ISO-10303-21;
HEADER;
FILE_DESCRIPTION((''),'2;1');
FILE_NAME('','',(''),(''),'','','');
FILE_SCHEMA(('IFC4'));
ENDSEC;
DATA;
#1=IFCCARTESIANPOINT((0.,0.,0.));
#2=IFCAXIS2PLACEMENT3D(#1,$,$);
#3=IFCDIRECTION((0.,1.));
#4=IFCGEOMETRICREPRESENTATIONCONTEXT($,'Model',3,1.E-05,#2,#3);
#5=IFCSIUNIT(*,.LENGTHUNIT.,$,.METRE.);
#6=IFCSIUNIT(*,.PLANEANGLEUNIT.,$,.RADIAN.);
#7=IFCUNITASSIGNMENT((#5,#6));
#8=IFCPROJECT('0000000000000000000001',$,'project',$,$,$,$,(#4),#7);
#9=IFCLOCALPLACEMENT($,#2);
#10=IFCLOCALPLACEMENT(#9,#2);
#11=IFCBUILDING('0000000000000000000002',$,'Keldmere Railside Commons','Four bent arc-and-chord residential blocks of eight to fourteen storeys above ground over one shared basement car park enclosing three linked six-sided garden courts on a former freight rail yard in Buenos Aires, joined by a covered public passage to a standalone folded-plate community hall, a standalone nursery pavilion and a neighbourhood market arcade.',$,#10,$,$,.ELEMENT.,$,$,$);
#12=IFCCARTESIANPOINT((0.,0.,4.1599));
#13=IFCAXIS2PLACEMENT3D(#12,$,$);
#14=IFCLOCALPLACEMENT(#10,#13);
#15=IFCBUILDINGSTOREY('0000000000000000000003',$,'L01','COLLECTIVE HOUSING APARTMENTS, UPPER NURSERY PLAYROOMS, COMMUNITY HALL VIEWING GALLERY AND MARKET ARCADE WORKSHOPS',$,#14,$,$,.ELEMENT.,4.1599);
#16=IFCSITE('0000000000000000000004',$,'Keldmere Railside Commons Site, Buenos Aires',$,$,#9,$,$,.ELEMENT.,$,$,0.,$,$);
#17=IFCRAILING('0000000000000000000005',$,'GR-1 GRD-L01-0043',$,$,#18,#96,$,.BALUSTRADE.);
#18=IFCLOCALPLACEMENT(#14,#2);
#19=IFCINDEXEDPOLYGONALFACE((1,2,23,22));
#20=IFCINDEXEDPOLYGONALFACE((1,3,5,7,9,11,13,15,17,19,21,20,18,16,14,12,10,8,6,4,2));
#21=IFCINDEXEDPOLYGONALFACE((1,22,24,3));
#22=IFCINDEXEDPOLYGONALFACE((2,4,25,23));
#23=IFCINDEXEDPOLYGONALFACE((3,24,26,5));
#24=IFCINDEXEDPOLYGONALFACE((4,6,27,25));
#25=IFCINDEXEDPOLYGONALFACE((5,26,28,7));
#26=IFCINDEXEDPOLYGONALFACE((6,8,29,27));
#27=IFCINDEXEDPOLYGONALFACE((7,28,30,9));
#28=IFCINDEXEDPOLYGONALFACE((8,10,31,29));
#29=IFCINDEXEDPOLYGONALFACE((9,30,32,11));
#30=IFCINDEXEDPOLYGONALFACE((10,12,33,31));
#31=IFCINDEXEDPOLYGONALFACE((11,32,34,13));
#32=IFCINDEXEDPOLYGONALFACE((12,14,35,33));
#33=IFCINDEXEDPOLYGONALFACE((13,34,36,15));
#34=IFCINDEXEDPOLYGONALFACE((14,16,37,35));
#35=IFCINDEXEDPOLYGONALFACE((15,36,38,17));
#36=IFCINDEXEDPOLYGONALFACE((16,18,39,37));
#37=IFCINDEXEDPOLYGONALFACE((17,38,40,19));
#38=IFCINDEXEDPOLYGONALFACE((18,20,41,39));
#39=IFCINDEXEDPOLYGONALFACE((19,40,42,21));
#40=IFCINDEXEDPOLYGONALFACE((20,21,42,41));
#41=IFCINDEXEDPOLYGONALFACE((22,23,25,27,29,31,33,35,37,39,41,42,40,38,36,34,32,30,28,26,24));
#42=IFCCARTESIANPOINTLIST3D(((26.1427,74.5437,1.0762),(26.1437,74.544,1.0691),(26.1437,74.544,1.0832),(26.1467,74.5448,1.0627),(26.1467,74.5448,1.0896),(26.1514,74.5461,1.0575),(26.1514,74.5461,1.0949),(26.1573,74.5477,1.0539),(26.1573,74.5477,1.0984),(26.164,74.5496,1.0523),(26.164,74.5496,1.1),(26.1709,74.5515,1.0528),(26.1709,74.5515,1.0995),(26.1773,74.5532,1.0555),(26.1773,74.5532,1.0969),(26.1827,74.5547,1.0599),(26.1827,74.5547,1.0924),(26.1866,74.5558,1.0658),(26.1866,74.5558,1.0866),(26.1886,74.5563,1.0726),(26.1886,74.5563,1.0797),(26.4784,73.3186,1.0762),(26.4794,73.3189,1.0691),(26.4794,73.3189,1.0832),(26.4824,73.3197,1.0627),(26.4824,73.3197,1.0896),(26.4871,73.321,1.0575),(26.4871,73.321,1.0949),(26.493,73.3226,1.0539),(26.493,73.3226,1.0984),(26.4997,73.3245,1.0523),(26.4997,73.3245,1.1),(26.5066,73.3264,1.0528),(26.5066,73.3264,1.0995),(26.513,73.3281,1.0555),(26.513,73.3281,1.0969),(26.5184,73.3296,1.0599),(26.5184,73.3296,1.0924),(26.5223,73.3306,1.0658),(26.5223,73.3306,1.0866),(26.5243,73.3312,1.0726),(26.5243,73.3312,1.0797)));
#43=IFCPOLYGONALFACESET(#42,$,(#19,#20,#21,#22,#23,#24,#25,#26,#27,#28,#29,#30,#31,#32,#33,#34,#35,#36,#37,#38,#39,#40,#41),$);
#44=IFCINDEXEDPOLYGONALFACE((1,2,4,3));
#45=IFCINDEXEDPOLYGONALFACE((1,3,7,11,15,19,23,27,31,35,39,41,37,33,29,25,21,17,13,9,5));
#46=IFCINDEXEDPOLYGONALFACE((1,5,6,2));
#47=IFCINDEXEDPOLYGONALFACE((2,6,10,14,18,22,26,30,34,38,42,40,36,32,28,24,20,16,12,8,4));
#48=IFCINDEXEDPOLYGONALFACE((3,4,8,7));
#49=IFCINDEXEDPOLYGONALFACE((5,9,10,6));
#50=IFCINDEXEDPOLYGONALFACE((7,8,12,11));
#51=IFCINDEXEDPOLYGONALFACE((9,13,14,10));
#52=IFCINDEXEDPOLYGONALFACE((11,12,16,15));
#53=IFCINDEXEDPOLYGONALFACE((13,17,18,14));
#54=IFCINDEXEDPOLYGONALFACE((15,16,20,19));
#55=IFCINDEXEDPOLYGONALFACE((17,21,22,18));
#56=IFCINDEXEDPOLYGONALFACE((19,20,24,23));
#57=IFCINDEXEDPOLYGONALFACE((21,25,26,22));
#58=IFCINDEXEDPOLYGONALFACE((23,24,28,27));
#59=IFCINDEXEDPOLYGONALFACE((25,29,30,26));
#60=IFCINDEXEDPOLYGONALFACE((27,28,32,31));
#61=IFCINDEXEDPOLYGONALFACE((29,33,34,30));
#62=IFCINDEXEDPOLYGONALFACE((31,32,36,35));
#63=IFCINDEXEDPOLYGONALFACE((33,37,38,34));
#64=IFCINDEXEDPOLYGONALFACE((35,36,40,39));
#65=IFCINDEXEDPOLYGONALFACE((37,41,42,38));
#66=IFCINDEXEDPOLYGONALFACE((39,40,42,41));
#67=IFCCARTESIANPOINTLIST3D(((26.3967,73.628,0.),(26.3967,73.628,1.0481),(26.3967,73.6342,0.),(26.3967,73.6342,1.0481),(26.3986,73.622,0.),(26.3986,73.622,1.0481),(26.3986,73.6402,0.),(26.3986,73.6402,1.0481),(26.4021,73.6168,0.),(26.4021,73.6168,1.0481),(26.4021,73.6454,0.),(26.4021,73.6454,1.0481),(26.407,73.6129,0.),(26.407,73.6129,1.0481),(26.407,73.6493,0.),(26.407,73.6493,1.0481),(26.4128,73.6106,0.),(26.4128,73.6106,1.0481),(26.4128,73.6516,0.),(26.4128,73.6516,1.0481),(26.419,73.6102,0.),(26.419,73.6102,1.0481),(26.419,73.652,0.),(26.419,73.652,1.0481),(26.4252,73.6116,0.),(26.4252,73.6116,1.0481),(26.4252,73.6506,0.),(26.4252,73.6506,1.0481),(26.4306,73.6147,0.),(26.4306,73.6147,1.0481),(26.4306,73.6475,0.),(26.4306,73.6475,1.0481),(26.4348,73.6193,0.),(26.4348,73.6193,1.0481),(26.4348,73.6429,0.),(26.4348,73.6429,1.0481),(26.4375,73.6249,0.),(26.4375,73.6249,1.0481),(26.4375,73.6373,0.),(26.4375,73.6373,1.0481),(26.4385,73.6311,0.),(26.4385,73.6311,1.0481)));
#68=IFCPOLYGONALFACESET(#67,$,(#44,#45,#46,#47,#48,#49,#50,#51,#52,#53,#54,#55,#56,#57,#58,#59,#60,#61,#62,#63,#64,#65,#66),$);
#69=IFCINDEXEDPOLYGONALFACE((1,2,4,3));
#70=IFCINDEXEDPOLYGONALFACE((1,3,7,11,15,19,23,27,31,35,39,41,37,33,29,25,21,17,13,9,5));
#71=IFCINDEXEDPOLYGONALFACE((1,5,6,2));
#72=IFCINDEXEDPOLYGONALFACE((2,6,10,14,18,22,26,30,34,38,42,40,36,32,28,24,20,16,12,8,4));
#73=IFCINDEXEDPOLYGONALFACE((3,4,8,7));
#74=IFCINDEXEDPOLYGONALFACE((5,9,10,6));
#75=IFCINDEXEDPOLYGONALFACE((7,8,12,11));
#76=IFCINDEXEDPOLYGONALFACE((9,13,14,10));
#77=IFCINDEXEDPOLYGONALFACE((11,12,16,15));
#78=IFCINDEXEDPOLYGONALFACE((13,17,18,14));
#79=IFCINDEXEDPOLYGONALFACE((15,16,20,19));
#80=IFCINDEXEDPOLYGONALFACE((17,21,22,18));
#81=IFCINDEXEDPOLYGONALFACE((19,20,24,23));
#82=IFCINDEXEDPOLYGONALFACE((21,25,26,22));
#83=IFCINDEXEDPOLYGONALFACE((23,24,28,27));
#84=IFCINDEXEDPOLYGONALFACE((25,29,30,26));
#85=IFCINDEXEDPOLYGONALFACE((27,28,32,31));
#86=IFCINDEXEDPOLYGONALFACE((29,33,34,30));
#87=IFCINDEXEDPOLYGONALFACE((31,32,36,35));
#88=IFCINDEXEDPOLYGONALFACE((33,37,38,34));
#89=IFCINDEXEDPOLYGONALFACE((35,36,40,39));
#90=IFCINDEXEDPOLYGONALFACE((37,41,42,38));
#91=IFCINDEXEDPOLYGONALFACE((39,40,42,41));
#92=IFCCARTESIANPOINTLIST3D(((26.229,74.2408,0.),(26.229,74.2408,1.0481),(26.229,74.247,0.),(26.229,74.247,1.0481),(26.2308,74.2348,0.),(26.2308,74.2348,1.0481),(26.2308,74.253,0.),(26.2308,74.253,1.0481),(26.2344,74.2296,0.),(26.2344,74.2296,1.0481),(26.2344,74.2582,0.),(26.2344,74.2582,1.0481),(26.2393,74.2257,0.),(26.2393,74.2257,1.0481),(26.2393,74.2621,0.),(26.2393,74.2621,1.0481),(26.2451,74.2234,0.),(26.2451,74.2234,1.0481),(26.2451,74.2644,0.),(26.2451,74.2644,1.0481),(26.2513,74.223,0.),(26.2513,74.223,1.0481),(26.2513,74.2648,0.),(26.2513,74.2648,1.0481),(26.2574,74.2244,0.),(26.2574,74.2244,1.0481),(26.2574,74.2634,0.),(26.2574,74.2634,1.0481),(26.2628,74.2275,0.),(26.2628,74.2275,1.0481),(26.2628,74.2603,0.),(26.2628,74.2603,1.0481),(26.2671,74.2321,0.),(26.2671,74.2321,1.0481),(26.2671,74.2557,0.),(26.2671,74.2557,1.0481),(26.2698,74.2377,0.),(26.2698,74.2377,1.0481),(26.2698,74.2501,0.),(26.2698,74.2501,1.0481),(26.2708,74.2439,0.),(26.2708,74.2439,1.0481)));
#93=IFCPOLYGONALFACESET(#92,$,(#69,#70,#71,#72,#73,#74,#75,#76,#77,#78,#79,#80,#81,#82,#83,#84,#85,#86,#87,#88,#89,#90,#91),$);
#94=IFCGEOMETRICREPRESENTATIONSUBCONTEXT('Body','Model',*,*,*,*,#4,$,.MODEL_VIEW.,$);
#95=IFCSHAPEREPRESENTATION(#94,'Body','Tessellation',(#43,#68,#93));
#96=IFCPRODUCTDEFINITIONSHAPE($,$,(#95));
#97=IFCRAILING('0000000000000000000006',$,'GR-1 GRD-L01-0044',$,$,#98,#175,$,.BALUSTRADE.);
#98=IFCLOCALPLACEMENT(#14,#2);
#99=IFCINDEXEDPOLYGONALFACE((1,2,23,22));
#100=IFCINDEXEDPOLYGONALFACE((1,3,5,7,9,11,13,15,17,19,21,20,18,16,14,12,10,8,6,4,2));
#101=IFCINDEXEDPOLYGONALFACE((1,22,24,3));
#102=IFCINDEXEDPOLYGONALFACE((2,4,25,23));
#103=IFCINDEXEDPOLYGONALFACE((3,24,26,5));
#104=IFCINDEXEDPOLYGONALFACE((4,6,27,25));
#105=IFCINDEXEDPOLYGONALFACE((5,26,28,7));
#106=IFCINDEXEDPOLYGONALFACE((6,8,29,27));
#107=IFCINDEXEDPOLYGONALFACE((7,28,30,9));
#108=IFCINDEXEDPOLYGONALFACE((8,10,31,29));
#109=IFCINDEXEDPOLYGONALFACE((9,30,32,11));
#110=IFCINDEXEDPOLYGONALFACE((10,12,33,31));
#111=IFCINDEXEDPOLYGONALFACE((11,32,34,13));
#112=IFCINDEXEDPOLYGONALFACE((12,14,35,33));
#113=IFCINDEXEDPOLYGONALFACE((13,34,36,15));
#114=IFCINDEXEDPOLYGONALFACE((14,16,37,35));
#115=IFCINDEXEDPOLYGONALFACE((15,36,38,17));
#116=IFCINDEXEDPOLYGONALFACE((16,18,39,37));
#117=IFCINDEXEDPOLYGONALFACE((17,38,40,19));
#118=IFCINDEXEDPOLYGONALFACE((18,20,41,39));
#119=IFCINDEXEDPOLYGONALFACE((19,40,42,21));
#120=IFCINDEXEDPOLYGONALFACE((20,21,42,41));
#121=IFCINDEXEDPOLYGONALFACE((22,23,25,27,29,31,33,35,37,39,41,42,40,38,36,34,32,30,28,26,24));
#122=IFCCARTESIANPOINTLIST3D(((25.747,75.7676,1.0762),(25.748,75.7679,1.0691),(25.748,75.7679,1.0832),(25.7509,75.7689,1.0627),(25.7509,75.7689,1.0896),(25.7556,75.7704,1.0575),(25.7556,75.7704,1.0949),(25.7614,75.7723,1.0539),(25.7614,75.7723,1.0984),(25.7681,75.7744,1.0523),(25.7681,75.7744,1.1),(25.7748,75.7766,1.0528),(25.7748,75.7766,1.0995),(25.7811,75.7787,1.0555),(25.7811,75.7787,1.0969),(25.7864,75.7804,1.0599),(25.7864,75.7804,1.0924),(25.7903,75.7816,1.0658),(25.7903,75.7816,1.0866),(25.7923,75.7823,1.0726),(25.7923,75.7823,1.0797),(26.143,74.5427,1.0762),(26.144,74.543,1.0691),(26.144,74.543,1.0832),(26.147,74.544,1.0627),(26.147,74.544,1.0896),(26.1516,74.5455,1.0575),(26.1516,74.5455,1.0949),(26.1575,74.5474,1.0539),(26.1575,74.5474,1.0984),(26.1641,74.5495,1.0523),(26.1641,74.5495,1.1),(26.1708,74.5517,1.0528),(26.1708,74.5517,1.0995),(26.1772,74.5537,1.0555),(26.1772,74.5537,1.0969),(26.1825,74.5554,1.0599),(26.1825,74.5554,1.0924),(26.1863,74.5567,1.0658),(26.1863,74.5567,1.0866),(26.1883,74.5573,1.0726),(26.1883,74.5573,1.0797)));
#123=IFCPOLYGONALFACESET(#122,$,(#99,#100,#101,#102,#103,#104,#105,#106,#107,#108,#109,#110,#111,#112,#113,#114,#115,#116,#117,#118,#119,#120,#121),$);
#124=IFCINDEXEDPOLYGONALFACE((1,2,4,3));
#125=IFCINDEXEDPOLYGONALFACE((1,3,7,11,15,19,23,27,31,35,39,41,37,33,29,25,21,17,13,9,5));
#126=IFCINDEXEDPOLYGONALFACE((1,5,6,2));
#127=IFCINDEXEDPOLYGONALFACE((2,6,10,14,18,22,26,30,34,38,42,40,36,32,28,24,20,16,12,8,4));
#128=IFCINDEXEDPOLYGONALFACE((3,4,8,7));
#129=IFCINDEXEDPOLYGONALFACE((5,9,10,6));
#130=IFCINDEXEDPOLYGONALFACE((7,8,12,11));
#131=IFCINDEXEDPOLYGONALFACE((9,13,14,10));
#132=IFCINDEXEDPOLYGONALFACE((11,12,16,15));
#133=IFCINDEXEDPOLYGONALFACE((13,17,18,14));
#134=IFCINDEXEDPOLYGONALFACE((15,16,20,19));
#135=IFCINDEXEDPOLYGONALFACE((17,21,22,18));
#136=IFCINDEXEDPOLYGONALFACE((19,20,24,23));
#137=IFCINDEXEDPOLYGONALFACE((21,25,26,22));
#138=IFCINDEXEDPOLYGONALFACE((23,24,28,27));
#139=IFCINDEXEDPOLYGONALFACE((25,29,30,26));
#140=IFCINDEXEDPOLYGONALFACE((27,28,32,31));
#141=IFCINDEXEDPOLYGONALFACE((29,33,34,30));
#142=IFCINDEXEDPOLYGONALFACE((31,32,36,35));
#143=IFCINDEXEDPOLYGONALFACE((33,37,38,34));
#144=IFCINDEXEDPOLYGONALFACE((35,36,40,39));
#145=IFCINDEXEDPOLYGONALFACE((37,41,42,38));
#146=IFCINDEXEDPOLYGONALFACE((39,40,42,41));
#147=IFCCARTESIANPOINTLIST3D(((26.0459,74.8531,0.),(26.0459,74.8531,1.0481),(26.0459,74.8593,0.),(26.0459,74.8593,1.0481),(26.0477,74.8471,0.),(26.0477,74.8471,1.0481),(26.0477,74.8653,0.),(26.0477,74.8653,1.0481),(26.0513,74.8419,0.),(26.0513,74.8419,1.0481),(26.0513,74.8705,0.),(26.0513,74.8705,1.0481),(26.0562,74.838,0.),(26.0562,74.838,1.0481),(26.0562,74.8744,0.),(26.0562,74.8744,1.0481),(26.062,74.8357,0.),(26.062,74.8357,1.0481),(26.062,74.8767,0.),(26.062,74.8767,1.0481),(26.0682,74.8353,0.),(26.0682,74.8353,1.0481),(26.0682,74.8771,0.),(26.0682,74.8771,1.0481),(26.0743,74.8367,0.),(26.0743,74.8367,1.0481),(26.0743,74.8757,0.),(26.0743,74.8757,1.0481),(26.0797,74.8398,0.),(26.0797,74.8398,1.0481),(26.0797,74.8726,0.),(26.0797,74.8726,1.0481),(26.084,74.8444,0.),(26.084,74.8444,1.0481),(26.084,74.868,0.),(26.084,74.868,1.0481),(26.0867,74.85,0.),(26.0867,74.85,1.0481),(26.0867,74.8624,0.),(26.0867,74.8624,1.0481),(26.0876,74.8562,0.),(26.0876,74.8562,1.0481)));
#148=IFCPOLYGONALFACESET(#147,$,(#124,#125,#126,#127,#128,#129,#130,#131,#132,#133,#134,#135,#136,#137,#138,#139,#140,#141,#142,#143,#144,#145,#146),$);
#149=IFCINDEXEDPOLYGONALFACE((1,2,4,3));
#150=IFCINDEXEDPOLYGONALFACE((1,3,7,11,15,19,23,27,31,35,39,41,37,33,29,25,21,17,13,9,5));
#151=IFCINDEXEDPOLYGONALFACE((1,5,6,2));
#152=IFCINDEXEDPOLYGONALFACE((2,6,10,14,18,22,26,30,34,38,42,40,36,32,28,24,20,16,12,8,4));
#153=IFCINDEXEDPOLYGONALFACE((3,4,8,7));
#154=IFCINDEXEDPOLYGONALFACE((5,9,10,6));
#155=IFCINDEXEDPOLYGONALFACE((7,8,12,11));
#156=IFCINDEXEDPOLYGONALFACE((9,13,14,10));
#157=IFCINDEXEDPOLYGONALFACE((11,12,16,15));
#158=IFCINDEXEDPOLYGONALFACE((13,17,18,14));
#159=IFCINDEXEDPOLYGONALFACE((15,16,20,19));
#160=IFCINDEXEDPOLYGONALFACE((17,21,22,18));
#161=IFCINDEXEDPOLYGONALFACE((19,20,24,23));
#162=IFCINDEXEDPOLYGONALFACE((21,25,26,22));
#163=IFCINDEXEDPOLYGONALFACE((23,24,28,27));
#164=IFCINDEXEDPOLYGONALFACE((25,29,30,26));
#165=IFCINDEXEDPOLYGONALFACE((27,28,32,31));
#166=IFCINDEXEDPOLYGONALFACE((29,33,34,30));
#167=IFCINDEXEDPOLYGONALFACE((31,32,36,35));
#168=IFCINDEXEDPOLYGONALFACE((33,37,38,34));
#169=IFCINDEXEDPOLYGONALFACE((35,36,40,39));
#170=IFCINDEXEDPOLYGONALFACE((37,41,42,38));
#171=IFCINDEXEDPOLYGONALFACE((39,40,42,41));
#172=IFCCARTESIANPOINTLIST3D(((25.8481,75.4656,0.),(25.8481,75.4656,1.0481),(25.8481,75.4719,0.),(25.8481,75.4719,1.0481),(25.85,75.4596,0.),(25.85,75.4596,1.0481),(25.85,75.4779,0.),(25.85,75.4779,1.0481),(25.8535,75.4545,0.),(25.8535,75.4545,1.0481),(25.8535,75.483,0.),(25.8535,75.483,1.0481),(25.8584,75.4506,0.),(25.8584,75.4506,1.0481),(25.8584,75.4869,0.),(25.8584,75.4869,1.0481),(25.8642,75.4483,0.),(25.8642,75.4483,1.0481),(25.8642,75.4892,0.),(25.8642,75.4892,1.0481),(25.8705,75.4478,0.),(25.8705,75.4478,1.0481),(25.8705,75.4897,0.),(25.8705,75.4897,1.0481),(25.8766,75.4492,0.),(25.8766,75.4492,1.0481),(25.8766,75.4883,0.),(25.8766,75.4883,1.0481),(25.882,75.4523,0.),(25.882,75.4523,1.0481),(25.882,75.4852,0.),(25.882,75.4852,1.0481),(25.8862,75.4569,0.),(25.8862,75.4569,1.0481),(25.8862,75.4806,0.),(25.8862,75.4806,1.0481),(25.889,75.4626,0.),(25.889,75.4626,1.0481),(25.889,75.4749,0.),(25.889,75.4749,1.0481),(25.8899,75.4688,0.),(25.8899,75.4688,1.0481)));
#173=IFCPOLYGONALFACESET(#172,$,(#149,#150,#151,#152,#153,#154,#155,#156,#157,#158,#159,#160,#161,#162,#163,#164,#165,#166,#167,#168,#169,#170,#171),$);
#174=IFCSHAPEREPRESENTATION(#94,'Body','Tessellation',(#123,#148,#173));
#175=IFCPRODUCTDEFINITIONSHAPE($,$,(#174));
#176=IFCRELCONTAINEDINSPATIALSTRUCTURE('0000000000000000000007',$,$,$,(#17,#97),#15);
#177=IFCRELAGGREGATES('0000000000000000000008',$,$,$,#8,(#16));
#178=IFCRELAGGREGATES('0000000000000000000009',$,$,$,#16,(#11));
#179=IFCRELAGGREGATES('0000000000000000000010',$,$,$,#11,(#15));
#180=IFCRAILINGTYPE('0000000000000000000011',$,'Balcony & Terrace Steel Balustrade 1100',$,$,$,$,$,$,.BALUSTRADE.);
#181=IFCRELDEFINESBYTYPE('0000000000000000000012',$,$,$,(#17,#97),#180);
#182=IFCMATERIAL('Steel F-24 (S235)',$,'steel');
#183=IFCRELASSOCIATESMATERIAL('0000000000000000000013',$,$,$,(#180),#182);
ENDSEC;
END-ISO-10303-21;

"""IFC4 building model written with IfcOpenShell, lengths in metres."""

from ifc_helpers import new_model, si_unit, direction, frame, origin, origin_2d, place, context, subcontext, project, spatial, circle, extrude, material, type_object, element, save


model = new_model("IFC4")

# Units and contexts
model_context = context("Model", 3, precision=1e-05, world=origin(), true_north=direction((0.0, 1.0)))
body_context = subcontext(model_context, "Body", "Model", "MODEL_VIEW")
ifc_project = project(units=[si_unit("LENGTHUNIT", "METRE"), si_unit("PLANEANGLEUNIT", "RADIAN")], contexts=[model_context])

# Site, building, storey
site_placement = place(None, origin())
site = spatial("IfcSite", under=ifc_project, at=site_placement, Name="Keldmere Railside Commons Site, Buenos Aires", CompositionType="ELEMENT", RefElevation=0.0)
building_placement = place(site_placement, origin())
building = spatial("IfcBuilding", under=site, at=building_placement, Name="Keldmere Railside Commons", Description="Four bent arc-and-chord residential blocks of eight to fourteen storeys above ground over one shared basement car park enclosing three linked six-sided garden courts on a former freight rail yard in Buenos Aires, joined by a covered public passage to a standalone folded-plate community hall, a standalone nursery pavilion and a neighbourhood market arcade.", CompositionType="ELEMENT")
storey_placement = place(building_placement, frame((0.0, 0.0, 4.1599)))
storey = spatial("IfcBuildingStorey", under=building, at=storey_placement, Name="L01", Description="COLLECTIVE HOUSING APARTMENTS, UPPER NURSERY PLAYROOMS, COMMUNITY HALL VIEWING GALLERY AND MARKET ARCADE WORKSHOPS", CompositionType="ELEMENT", Elevation=4.1599)

# Railings
ifc_material_1 = material(Name="Steel F-24 (S235)", Category="steel")
railing_type = type_object("IfcRailingType", Name="Balcony & Terrace Steel Balustrade 1100", PredefinedType="BALUSTRADE", material=ifc_material_1)
railing_1_placement = place(storey_placement, frame((26.5015, 73.325, 0.0)))
element("IfcRailing", 1, at=railing_1_placement, inside=storey, type_object=railing_type, Name="GR-1 GRD-L01-0043", PredefinedType="BALUSTRADE", context=body_context, shape_type="SweptSolid", body=[
    extrude(circle(Radius=0.0239, at=origin_2d()), frame((0.0, 0.0, 1.0762), z_axis=(-0.264272, 0.964448, 0.0), x_axis=(-0.964448, -0.264272, 0.0)), (0.0, 0.0, 1.0), 1.2703),
    extrude(circle(Radius=0.021, at=origin_2d()), frame((-0.084, 0.3062, 0.0)), (0.0, 0.0, 1.0), 1.0481),
    extrude(circle(Radius=0.021, at=origin_2d()), frame((-0.2517, 0.9189, 0.0)), (0.0, 0.0, 1.0), 1.0481),
])
railing_2_placement = place(storey_placement, frame((26.1658, 74.55, 0.0)))
element("IfcRailing", 2, at=railing_2_placement, inside=storey, type_object=railing_type, Name="GR-1 GRD-L01-0044", PredefinedType="BALUSTRADE", context=body_context, shape_type="SweptSolid", body=[
    extrude(circle(Radius=0.0239, at=origin_2d()), frame((0.0, 0.0, 1.0762), z_axis=(-0.307623, 0.951508, 0.0), x_axis=(-0.951508, -0.307623, 0.0)), (0.0, 0.0, 1.0), 1.2874),
    extrude(circle(Radius=0.021, at=origin_2d()), frame((-0.0991, 0.3062, 0.0)), (0.0, 0.0, 1.0), 1.0481),
    extrude(circle(Radius=0.021, at=origin_2d()), frame((-0.2969, 0.9187, 0.0)), (0.0, 0.0, 1.0), 1.0481),
])

save(model, "model.ifc")
